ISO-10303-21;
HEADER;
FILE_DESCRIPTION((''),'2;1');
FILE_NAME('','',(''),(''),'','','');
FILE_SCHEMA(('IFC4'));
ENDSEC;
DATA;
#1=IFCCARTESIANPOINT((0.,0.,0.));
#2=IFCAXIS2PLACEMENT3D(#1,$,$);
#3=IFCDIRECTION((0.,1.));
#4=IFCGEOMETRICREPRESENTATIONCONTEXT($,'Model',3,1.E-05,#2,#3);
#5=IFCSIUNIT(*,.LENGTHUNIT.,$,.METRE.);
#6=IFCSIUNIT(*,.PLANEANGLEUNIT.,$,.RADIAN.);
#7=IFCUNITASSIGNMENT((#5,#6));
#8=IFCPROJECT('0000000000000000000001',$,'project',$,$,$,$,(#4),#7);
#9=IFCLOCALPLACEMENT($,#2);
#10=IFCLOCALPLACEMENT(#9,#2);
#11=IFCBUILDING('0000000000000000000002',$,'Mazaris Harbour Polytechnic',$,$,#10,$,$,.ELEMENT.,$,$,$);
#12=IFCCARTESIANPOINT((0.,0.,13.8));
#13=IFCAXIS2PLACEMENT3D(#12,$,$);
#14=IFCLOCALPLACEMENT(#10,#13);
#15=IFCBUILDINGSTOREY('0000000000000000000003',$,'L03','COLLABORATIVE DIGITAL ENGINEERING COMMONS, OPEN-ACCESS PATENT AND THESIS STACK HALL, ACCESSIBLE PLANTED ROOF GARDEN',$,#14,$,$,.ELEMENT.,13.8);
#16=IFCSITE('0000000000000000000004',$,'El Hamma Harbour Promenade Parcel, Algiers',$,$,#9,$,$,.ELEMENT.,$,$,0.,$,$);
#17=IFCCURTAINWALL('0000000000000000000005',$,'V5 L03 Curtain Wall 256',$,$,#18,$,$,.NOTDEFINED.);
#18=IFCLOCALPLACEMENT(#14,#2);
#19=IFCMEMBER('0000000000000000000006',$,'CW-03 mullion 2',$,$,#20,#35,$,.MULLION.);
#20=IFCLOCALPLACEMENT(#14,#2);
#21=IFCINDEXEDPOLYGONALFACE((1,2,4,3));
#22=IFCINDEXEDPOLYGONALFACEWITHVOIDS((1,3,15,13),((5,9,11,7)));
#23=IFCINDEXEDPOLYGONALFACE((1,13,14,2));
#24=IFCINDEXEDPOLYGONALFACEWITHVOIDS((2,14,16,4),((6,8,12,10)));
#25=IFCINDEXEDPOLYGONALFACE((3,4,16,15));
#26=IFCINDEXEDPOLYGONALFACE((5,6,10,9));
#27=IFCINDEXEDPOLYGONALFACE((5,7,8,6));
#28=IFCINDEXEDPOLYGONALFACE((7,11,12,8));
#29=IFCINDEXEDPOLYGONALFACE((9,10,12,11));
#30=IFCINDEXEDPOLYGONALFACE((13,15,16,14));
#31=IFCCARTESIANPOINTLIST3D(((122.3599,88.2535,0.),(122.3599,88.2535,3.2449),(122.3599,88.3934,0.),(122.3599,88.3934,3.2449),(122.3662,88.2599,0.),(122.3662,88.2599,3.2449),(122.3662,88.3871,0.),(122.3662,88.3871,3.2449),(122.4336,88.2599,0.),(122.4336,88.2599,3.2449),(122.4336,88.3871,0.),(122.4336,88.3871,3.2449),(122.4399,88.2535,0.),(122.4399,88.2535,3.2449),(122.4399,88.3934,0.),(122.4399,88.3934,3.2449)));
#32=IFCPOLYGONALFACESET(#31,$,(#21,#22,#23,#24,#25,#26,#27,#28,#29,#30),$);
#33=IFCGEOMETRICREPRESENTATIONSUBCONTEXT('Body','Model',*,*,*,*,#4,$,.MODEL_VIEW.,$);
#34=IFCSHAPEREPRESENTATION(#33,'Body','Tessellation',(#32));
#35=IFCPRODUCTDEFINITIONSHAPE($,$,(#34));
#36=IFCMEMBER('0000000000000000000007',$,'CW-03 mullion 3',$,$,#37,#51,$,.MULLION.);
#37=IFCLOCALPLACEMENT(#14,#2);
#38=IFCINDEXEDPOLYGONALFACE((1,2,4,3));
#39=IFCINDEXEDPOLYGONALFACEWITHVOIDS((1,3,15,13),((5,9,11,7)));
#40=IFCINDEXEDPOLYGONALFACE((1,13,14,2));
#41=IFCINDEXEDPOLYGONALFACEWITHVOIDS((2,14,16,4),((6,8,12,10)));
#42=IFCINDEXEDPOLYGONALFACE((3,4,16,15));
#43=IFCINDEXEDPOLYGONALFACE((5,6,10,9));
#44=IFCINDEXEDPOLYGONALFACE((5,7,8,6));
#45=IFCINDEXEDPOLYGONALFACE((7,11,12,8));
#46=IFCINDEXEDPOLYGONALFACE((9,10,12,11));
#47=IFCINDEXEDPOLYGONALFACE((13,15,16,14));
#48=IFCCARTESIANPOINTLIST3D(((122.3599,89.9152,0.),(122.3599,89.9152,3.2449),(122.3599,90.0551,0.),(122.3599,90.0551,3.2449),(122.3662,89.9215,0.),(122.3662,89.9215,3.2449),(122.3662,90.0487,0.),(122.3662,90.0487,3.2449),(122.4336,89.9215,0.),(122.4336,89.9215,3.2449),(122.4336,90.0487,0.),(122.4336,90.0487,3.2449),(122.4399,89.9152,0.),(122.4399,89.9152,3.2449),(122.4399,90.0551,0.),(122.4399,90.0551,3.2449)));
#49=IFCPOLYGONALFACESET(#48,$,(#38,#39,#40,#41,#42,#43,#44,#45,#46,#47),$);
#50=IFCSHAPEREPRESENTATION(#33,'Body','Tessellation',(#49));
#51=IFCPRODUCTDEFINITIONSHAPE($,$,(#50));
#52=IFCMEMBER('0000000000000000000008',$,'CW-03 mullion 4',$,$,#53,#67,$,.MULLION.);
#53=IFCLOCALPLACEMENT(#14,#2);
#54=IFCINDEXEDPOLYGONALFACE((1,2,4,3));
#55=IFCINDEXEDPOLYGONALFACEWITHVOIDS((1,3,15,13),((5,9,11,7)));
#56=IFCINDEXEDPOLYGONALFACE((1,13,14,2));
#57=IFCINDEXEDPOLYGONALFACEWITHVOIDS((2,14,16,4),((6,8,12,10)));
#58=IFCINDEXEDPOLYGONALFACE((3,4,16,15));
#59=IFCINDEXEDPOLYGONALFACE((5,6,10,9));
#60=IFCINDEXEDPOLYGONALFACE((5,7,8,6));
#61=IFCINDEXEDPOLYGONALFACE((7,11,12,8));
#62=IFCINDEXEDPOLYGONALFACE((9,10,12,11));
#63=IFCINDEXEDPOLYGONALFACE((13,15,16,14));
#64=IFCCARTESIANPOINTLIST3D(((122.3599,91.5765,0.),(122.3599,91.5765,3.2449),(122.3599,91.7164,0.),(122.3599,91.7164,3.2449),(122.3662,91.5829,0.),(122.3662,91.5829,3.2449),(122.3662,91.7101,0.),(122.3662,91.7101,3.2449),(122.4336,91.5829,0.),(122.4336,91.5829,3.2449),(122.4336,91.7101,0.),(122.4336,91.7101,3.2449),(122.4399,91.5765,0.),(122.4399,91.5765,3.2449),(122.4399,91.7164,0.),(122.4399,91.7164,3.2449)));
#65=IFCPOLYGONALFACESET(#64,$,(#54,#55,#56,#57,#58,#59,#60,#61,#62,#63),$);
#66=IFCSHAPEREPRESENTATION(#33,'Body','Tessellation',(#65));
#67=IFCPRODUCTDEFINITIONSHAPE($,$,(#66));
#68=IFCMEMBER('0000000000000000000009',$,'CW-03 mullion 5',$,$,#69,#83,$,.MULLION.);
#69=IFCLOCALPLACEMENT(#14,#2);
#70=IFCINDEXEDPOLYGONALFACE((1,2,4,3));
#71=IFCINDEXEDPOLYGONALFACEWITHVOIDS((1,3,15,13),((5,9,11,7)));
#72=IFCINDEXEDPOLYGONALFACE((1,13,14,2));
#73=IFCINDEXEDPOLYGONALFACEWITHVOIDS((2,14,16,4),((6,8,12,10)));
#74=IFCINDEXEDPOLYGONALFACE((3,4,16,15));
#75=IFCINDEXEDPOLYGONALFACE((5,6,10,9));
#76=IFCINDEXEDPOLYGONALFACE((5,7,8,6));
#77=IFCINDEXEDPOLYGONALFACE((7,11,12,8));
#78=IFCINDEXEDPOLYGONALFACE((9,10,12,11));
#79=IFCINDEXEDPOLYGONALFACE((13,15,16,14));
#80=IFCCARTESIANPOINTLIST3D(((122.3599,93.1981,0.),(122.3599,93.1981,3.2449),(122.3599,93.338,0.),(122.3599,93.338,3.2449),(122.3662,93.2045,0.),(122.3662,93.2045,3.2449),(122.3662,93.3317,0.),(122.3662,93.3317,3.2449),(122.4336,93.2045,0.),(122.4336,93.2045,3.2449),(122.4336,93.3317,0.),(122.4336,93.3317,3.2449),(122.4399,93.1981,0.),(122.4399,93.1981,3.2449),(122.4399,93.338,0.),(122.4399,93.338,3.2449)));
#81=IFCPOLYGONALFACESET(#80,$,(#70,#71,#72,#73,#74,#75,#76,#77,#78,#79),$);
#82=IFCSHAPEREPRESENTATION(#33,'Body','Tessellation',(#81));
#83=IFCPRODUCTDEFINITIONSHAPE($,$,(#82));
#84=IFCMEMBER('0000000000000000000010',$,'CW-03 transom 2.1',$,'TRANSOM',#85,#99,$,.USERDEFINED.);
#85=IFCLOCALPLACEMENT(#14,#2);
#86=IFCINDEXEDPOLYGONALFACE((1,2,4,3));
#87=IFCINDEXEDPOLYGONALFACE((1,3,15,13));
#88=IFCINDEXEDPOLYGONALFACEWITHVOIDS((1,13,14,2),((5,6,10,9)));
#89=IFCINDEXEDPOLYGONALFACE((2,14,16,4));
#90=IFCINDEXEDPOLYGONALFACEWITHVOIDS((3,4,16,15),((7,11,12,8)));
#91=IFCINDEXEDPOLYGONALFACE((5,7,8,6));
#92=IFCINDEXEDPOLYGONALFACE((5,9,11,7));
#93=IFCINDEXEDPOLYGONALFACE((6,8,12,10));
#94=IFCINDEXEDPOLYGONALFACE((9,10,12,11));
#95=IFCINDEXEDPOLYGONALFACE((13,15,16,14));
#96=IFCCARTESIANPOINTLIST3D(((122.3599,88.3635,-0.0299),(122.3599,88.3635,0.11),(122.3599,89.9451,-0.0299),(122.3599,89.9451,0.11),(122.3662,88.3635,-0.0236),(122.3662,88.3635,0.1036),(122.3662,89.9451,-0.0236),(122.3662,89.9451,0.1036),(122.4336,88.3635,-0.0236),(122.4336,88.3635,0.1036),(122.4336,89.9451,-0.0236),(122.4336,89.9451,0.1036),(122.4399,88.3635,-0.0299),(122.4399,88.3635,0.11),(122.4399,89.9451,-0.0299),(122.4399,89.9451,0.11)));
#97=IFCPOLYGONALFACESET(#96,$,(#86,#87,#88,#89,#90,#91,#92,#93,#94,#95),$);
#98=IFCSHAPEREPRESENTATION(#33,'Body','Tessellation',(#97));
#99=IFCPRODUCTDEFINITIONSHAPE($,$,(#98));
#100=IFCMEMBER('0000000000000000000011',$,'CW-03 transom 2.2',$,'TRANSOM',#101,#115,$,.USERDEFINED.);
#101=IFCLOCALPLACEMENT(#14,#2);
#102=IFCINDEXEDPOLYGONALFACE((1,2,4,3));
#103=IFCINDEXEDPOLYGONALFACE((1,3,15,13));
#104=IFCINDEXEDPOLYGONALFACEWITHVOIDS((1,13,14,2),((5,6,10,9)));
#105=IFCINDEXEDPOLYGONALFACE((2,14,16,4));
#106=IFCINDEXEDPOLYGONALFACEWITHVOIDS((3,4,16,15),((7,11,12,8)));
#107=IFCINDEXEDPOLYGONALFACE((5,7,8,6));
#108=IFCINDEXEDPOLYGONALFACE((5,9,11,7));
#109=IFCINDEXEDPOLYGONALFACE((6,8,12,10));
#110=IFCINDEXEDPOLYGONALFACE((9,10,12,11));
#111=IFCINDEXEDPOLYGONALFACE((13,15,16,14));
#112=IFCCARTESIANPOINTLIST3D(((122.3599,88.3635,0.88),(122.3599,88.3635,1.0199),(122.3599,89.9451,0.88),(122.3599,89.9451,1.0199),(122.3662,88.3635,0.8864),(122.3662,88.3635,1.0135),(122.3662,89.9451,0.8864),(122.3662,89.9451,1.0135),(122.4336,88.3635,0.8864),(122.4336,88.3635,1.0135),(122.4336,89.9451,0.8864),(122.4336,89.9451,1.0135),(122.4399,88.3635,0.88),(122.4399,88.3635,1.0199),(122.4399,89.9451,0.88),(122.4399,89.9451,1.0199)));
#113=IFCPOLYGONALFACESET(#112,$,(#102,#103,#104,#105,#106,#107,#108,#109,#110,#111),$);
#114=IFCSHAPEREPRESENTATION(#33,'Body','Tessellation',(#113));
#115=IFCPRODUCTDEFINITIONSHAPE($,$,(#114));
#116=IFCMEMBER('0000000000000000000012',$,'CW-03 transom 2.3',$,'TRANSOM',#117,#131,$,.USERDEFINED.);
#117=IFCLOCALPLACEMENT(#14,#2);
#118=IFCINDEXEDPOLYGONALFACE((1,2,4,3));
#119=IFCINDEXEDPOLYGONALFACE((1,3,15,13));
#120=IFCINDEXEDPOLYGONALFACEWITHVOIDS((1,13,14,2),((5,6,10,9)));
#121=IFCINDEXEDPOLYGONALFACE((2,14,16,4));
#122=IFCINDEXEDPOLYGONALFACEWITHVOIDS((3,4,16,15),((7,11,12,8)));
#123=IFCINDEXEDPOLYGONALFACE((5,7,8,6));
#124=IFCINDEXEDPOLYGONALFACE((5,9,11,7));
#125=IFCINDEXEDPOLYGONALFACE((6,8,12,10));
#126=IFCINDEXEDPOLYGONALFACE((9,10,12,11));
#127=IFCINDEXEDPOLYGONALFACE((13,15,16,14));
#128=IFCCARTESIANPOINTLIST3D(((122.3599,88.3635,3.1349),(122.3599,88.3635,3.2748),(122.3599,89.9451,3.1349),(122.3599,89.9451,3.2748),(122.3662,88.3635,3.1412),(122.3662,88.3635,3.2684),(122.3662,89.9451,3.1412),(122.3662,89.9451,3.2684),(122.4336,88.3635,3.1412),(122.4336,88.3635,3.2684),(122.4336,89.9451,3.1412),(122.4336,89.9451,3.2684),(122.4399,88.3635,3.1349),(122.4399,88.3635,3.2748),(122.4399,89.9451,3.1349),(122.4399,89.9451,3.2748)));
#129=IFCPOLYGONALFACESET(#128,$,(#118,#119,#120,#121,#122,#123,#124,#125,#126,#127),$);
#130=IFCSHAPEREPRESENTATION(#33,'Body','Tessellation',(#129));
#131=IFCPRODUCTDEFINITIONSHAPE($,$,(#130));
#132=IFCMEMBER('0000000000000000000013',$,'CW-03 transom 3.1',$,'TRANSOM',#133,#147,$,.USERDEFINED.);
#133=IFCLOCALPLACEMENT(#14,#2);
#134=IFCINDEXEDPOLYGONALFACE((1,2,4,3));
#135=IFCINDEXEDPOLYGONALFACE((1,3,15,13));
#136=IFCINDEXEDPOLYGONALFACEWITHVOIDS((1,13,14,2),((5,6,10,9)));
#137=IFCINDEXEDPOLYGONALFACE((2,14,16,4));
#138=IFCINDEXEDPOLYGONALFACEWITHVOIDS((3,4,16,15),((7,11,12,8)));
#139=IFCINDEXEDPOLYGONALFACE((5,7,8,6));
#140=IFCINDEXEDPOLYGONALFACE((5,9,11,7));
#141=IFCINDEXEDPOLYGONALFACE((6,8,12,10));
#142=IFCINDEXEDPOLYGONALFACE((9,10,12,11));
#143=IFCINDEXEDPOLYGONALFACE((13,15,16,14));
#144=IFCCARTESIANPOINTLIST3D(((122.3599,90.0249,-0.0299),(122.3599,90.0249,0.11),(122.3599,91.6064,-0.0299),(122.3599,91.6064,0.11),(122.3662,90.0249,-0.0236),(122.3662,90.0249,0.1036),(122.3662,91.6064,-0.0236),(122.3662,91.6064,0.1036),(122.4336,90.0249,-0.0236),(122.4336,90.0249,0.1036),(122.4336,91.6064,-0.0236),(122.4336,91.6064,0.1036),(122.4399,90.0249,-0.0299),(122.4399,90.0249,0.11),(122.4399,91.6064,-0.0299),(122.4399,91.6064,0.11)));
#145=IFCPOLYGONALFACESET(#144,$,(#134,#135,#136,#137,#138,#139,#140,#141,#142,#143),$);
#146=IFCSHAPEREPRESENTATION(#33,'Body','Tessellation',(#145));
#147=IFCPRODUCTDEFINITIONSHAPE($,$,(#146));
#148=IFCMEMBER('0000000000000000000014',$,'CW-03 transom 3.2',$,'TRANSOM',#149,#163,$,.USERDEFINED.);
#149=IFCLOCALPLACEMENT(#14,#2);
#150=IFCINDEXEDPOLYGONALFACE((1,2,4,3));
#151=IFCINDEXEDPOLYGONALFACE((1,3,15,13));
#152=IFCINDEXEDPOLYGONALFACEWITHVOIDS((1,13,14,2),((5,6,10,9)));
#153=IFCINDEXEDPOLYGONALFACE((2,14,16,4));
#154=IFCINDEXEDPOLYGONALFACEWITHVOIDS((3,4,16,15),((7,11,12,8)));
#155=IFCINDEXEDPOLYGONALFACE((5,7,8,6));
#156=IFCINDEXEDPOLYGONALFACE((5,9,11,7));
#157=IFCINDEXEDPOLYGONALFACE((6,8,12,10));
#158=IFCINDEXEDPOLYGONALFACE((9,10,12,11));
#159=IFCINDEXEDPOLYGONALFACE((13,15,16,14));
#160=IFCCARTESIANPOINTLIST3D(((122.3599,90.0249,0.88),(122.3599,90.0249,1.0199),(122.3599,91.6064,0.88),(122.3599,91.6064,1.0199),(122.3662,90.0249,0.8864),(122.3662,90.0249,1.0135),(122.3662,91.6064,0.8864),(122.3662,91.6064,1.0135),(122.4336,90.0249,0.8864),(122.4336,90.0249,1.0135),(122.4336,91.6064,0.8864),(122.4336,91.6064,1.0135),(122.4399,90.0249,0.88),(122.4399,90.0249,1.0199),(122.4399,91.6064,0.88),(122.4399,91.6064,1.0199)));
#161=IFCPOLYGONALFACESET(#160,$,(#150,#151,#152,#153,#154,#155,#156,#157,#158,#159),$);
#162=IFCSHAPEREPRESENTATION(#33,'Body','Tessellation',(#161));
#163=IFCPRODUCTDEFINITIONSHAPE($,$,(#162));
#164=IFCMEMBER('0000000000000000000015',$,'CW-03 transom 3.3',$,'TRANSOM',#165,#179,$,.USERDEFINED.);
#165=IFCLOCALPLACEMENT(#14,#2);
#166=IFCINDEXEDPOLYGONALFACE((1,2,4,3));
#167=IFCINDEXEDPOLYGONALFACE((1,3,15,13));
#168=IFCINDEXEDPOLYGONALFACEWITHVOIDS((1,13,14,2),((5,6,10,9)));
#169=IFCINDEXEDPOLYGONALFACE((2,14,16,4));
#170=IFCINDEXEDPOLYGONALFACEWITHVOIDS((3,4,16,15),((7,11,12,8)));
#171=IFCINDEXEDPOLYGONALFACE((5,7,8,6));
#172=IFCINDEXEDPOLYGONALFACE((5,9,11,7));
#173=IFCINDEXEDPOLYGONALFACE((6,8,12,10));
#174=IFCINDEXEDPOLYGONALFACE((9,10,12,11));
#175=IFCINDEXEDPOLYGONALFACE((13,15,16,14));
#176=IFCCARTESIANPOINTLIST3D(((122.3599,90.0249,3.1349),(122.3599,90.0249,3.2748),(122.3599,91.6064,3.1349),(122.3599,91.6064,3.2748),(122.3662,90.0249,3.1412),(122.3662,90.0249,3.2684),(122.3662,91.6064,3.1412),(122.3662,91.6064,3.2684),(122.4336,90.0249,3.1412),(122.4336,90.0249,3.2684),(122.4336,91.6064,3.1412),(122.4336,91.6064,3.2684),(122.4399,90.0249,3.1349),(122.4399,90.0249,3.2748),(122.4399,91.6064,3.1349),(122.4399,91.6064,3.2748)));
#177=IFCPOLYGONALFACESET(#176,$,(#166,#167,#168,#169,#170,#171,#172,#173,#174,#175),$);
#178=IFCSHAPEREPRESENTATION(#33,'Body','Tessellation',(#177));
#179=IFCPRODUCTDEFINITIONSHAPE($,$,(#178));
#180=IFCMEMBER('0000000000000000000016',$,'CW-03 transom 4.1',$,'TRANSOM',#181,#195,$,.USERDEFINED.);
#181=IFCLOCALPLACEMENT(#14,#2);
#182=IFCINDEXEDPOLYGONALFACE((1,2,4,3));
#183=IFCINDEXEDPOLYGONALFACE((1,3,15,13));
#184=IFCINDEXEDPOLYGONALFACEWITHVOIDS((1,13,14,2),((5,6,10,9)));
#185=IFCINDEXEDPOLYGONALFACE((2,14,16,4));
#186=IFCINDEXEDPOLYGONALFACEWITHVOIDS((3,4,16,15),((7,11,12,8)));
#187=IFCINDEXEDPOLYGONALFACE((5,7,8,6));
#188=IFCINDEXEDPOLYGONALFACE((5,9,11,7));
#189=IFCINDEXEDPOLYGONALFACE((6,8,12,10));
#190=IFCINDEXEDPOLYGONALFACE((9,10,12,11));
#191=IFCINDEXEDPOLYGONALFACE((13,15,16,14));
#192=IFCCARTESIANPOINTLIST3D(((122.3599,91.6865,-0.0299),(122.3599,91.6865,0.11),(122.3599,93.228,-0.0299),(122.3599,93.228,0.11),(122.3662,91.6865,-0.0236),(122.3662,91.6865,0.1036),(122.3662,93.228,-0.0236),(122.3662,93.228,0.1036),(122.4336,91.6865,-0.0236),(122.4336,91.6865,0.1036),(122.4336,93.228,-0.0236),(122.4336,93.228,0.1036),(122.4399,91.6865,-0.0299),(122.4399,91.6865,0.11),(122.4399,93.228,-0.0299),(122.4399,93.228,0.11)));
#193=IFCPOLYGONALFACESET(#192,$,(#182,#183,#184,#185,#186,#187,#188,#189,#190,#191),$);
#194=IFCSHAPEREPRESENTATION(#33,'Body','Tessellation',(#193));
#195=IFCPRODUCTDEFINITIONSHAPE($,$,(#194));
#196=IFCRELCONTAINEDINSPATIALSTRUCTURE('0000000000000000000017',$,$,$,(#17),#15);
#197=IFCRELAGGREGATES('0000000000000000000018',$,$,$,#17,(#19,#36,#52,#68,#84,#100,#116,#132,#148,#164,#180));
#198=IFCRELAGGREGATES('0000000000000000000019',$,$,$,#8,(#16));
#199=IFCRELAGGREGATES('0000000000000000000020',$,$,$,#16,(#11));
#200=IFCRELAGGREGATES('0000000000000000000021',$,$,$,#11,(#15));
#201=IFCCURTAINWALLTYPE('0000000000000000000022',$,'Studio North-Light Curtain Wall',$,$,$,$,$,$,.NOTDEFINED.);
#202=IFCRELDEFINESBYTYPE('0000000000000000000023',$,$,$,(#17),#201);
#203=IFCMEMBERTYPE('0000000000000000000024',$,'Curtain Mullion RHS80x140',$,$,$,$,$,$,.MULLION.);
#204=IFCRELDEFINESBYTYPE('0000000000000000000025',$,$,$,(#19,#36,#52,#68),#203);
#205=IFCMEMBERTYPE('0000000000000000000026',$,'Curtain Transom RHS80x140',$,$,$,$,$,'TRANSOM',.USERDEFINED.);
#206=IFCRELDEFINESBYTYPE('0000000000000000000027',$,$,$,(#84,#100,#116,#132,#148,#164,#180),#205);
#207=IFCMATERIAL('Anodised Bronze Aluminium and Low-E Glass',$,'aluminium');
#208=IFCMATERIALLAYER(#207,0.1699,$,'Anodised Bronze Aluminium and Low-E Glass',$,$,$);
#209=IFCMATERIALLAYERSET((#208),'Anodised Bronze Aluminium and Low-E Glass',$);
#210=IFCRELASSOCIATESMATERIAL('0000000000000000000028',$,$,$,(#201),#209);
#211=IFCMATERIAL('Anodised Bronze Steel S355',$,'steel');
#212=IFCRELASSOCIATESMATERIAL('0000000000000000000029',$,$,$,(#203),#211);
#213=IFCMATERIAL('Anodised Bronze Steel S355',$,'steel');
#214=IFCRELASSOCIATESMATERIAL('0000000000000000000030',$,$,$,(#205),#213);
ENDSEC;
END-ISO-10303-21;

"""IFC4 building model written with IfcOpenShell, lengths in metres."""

from ifc_helpers import new_model, si_unit, direction, frame, origin, origin_2d, place, context, subcontext, project, spatial, hollow_rectangle, extrude, material, layer, layer_set, material_profile, profile_set, type_object, element, aggregate, save


model = new_model("IFC4")

# Units and contexts
model_context = context("Model", 3, precision=1e-05, world=origin(), true_north=direction((0.0, 1.0)))
body_context = subcontext(model_context, "Body", "Model", "MODEL_VIEW")
ifc_project = project(units=[si_unit("LENGTHUNIT", "METRE"), si_unit("PLANEANGLEUNIT", "RADIAN")], contexts=[model_context])

# Site, building, storey
site_placement = place(None, origin())
site = spatial("IfcSite", under=ifc_project, at=site_placement, Name="El Hamma Harbour Promenade Parcel, Algiers", CompositionType="ELEMENT", RefElevation=0.0)
building_placement = place(site_placement, origin())
building = spatial("IfcBuilding", under=site, at=building_placement, Name="Mazaris Harbour Polytechnic", CompositionType="ELEMENT")
storey_placement = place(building_placement, frame((0.0, 0.0, 13.8)))
storey = spatial("IfcBuildingStorey", under=building, at=storey_placement, Name="L03", Description="COLLABORATIVE DIGITAL ENGINEERING COMMONS, OPEN-ACCESS PATENT AND THESIS STACK HALL, ACCESSIBLE PLANTED ROOF GARDEN", CompositionType="ELEMENT", Elevation=13.8)

# Curtain wall, members
ifc_material_1 = material(Name="Anodised Bronze Aluminium and Low-E Glass", Category="aluminium")
ifc_layer_1 = layer(ifc_material_1, 0.1699, Name="Anodised Bronze Aluminium and Low-E Glass")
ifc_layer_set_1 = layer_set([ifc_layer_1], Name="Anodised Bronze Aluminium and Low-E Glass")
curtain_wall_type = type_object("IfcCurtainWallType", Name="Studio North-Light Curtain Wall", PredefinedType="NOTDEFINED", material=ifc_layer_set_1)
curtain_wall_placement = place(storey_placement, origin())
curtain_wall = element("IfcCurtainWall", 1, at=curtain_wall_placement, inside=storey, type_object=curtain_wall_type, Name="V5 L03 Curtain Wall 256", PredefinedType="NOTDEFINED")
ifc_material_2 = material(Name="Anodised Bronze Steel S355", Category="steel")
ifc_material_profile_1 = material_profile(ifc_material_2, hollow_rectangle(XDim=0.0801, YDim=0.1399, WallThickness=0.0063, at=origin_2d()), Name="RHS 80x140x6.3")
ifc_profile_set_1 = profile_set([ifc_material_profile_1], Name="Anodised Bronze Steel S355")
member_type_1 = type_object("IfcMemberType", Name="Curtain Mullion RHS80x140", PredefinedType="MULLION", material=ifc_profile_set_1)
member_1_placement = place(storey_placement, frame((122.3999, 88.3235, 0.0), z_axis=(0.0, 0.0, 1.0), x_axis=(-1.0, 0.0, 0.0)))
member_1 = element("IfcMember", 2, at=member_1_placement, type_object=member_type_1, Name="CW-03 mullion 2", PredefinedType="MULLION", context=body_context, shape_type="SweptSolid", body=[
    extrude(hollow_rectangle(XDim=0.0801, YDim=0.1399, WallThickness=0.0063, at=origin_2d()), origin(), (0.0, 0.0, 1.0), 3.2449),
])
member_2_placement = place(storey_placement, frame((122.3999, 89.9851, 0.0), z_axis=(0.0, 0.0, 1.0), x_axis=(-1.0, 0.0, 0.0)))
member_2 = element("IfcMember", 3, at=member_2_placement, type_object=member_type_1, Name="CW-03 mullion 3", PredefinedType="MULLION", context=body_context, shape_type="SweptSolid", body=[
    extrude(hollow_rectangle(XDim=0.0801, YDim=0.1399, WallThickness=0.0063, at=origin_2d()), origin(), (0.0, 0.0, 1.0), 3.2449),
])
member_3_placement = place(storey_placement, frame((122.3999, 91.6465, 0.0), z_axis=(0.0, 0.0, 1.0), x_axis=(-1.0, 0.0, 0.0)))
member_3 = element("IfcMember", 4, at=member_3_placement, type_object=member_type_1, Name="CW-03 mullion 4", PredefinedType="MULLION", context=body_context, shape_type="SweptSolid", body=[
    extrude(hollow_rectangle(XDim=0.0801, YDim=0.1399, WallThickness=0.0063, at=origin_2d()), origin(), (0.0, 0.0, 1.0), 3.2449),
])
member_4_placement = place(storey_placement, frame((122.3999, 93.2681, 0.0), z_axis=(0.0, 0.0, 1.0), x_axis=(-1.0, 0.0, 0.0)))
member_4 = element("IfcMember", 5, at=member_4_placement, type_object=member_type_1, Name="CW-03 mullion 5", PredefinedType="MULLION", context=body_context, shape_type="SweptSolid", body=[
    extrude(hollow_rectangle(XDim=0.0801, YDim=0.1399, WallThickness=0.0063, at=origin_2d()), origin(), (0.0, 0.0, 1.0), 3.2449),
])
ifc_material_3 = material(Name="Anodised Bronze Steel S355", Category="steel")
ifc_material_profile_2 = material_profile(ifc_material_3, hollow_rectangle(XDim=0.0801, YDim=0.1399, WallThickness=0.0063, at=origin_2d()), Name="RHS 80x140x6.3")
ifc_profile_set_2 = profile_set([ifc_material_profile_2], Name="Anodised Bronze Steel S355")
member_type_2 = type_object("IfcMemberType", Name="Curtain Transom RHS80x140", ElementType="TRANSOM", PredefinedType="USERDEFINED", material=ifc_profile_set_2)
member_5_placement = place(storey_placement, frame((122.3999, 88.3635, 0.04), z_axis=(0.0, 1.0, 0.0), x_axis=(-1.0, 0.0, 0.0)))
member_5 = element("IfcMember", 6, at=member_5_placement, type_object=member_type_2, Name="CW-03 transom 2.1", ObjectType="TRANSOM", PredefinedType="USERDEFINED", context=body_context, shape_type="SweptSolid", body=[
    extrude(hollow_rectangle(XDim=0.0801, YDim=0.1399, WallThickness=0.0063, at=origin_2d()), origin(), (0.0, 0.0, 1.0), 1.5815),
])
member_6_placement = place(storey_placement, frame((122.3999, 88.3635, 0.95), z_axis=(0.0, 1.0, 0.0), x_axis=(-1.0, 0.0, 0.0)))
member_6 = element("IfcMember", 7, at=member_6_placement, type_object=member_type_2, Name="CW-03 transom 2.2", ObjectType="TRANSOM", PredefinedType="USERDEFINED", context=body_context, shape_type="SweptSolid", body=[
    extrude(hollow_rectangle(XDim=0.0801, YDim=0.1399, WallThickness=0.0063, at=origin_2d()), origin(), (0.0, 0.0, 1.0), 1.5815),
])
member_7_placement = place(storey_placement, frame((122.3999, 88.3635, 3.2048), z_axis=(0.0, 1.0, 0.0), x_axis=(-1.0, 0.0, 0.0)))
member_7 = element("IfcMember", 8, at=member_7_placement, type_object=member_type_2, Name="CW-03 transom 2.3", ObjectType="TRANSOM", PredefinedType="USERDEFINED", context=body_context, shape_type="SweptSolid", body=[
    extrude(hollow_rectangle(XDim=0.0801, YDim=0.1399, WallThickness=0.0063, at=origin_2d()), origin(), (0.0, 0.0, 1.0), 1.5815),
])
member_8_placement = place(storey_placement, frame((122.3999, 90.0249, 0.04), z_axis=(0.0, 1.0, 0.0), x_axis=(-1.0, 0.0, 0.0)))
member_8 = element("IfcMember", 9, at=member_8_placement, type_object=member_type_2, Name="CW-03 transom 3.1", ObjectType="TRANSOM", PredefinedType="USERDEFINED", context=body_context, shape_type="SweptSolid", body=[
    extrude(hollow_rectangle(XDim=0.0801, YDim=0.1399, WallThickness=0.0063, at=origin_2d()), origin(), (0.0, 0.0, 1.0), 1.5815),
])
member_9_placement = place(storey_placement, frame((122.3999, 90.0249, 0.95), z_axis=(0.0, 1.0, 0.0), x_axis=(-1.0, 0.0, 0.0)))
member_9 = element("IfcMember", 10, at=member_9_placement, type_object=member_type_2, Name="CW-03 transom 3.2", ObjectType="TRANSOM", PredefinedType="USERDEFINED", context=body_context, shape_type="SweptSolid", body=[
    extrude(hollow_rectangle(XDim=0.0801, YDim=0.1399, WallThickness=0.0063, at=origin_2d()), origin(), (0.0, 0.0, 1.0), 1.5815),
])
member_10_placement = place(storey_placement, frame((122.3999, 90.0249, 3.2048), z_axis=(0.0, 1.0, 0.0), x_axis=(-1.0, 0.0, 0.0)))
member_10 = element("IfcMember", 11, at=member_10_placement, type_object=member_type_2, Name="CW-03 transom 3.3", ObjectType="TRANSOM", PredefinedType="USERDEFINED", context=body_context, shape_type="SweptSolid", body=[
    extrude(hollow_rectangle(XDim=0.0801, YDim=0.1399, WallThickness=0.0063, at=origin_2d()), origin(), (0.0, 0.0, 1.0), 1.5815),
])
member_11_placement = place(storey_placement, frame((122.3999, 91.6865, 0.04), z_axis=(0.0, 1.0, 0.0), x_axis=(-1.0, 0.0, 0.0)))
member_11 = element("IfcMember", 12, at=member_11_placement, type_object=member_type_2, Name="CW-03 transom 4.1", ObjectType="TRANSOM", PredefinedType="USERDEFINED", context=body_context, shape_type="SweptSolid", body=[
    extrude(hollow_rectangle(XDim=0.0801, YDim=0.1399, WallThickness=0.0063, at=origin_2d()), origin(), (0.0, 0.0, 1.0), 1.5415),
])
aggregate(curtain_wall, [member_1, member_2, member_3, member_4, member_5, member_6, member_7, member_8, member_9, member_10, member_11])

save(model, "model.ifc")
